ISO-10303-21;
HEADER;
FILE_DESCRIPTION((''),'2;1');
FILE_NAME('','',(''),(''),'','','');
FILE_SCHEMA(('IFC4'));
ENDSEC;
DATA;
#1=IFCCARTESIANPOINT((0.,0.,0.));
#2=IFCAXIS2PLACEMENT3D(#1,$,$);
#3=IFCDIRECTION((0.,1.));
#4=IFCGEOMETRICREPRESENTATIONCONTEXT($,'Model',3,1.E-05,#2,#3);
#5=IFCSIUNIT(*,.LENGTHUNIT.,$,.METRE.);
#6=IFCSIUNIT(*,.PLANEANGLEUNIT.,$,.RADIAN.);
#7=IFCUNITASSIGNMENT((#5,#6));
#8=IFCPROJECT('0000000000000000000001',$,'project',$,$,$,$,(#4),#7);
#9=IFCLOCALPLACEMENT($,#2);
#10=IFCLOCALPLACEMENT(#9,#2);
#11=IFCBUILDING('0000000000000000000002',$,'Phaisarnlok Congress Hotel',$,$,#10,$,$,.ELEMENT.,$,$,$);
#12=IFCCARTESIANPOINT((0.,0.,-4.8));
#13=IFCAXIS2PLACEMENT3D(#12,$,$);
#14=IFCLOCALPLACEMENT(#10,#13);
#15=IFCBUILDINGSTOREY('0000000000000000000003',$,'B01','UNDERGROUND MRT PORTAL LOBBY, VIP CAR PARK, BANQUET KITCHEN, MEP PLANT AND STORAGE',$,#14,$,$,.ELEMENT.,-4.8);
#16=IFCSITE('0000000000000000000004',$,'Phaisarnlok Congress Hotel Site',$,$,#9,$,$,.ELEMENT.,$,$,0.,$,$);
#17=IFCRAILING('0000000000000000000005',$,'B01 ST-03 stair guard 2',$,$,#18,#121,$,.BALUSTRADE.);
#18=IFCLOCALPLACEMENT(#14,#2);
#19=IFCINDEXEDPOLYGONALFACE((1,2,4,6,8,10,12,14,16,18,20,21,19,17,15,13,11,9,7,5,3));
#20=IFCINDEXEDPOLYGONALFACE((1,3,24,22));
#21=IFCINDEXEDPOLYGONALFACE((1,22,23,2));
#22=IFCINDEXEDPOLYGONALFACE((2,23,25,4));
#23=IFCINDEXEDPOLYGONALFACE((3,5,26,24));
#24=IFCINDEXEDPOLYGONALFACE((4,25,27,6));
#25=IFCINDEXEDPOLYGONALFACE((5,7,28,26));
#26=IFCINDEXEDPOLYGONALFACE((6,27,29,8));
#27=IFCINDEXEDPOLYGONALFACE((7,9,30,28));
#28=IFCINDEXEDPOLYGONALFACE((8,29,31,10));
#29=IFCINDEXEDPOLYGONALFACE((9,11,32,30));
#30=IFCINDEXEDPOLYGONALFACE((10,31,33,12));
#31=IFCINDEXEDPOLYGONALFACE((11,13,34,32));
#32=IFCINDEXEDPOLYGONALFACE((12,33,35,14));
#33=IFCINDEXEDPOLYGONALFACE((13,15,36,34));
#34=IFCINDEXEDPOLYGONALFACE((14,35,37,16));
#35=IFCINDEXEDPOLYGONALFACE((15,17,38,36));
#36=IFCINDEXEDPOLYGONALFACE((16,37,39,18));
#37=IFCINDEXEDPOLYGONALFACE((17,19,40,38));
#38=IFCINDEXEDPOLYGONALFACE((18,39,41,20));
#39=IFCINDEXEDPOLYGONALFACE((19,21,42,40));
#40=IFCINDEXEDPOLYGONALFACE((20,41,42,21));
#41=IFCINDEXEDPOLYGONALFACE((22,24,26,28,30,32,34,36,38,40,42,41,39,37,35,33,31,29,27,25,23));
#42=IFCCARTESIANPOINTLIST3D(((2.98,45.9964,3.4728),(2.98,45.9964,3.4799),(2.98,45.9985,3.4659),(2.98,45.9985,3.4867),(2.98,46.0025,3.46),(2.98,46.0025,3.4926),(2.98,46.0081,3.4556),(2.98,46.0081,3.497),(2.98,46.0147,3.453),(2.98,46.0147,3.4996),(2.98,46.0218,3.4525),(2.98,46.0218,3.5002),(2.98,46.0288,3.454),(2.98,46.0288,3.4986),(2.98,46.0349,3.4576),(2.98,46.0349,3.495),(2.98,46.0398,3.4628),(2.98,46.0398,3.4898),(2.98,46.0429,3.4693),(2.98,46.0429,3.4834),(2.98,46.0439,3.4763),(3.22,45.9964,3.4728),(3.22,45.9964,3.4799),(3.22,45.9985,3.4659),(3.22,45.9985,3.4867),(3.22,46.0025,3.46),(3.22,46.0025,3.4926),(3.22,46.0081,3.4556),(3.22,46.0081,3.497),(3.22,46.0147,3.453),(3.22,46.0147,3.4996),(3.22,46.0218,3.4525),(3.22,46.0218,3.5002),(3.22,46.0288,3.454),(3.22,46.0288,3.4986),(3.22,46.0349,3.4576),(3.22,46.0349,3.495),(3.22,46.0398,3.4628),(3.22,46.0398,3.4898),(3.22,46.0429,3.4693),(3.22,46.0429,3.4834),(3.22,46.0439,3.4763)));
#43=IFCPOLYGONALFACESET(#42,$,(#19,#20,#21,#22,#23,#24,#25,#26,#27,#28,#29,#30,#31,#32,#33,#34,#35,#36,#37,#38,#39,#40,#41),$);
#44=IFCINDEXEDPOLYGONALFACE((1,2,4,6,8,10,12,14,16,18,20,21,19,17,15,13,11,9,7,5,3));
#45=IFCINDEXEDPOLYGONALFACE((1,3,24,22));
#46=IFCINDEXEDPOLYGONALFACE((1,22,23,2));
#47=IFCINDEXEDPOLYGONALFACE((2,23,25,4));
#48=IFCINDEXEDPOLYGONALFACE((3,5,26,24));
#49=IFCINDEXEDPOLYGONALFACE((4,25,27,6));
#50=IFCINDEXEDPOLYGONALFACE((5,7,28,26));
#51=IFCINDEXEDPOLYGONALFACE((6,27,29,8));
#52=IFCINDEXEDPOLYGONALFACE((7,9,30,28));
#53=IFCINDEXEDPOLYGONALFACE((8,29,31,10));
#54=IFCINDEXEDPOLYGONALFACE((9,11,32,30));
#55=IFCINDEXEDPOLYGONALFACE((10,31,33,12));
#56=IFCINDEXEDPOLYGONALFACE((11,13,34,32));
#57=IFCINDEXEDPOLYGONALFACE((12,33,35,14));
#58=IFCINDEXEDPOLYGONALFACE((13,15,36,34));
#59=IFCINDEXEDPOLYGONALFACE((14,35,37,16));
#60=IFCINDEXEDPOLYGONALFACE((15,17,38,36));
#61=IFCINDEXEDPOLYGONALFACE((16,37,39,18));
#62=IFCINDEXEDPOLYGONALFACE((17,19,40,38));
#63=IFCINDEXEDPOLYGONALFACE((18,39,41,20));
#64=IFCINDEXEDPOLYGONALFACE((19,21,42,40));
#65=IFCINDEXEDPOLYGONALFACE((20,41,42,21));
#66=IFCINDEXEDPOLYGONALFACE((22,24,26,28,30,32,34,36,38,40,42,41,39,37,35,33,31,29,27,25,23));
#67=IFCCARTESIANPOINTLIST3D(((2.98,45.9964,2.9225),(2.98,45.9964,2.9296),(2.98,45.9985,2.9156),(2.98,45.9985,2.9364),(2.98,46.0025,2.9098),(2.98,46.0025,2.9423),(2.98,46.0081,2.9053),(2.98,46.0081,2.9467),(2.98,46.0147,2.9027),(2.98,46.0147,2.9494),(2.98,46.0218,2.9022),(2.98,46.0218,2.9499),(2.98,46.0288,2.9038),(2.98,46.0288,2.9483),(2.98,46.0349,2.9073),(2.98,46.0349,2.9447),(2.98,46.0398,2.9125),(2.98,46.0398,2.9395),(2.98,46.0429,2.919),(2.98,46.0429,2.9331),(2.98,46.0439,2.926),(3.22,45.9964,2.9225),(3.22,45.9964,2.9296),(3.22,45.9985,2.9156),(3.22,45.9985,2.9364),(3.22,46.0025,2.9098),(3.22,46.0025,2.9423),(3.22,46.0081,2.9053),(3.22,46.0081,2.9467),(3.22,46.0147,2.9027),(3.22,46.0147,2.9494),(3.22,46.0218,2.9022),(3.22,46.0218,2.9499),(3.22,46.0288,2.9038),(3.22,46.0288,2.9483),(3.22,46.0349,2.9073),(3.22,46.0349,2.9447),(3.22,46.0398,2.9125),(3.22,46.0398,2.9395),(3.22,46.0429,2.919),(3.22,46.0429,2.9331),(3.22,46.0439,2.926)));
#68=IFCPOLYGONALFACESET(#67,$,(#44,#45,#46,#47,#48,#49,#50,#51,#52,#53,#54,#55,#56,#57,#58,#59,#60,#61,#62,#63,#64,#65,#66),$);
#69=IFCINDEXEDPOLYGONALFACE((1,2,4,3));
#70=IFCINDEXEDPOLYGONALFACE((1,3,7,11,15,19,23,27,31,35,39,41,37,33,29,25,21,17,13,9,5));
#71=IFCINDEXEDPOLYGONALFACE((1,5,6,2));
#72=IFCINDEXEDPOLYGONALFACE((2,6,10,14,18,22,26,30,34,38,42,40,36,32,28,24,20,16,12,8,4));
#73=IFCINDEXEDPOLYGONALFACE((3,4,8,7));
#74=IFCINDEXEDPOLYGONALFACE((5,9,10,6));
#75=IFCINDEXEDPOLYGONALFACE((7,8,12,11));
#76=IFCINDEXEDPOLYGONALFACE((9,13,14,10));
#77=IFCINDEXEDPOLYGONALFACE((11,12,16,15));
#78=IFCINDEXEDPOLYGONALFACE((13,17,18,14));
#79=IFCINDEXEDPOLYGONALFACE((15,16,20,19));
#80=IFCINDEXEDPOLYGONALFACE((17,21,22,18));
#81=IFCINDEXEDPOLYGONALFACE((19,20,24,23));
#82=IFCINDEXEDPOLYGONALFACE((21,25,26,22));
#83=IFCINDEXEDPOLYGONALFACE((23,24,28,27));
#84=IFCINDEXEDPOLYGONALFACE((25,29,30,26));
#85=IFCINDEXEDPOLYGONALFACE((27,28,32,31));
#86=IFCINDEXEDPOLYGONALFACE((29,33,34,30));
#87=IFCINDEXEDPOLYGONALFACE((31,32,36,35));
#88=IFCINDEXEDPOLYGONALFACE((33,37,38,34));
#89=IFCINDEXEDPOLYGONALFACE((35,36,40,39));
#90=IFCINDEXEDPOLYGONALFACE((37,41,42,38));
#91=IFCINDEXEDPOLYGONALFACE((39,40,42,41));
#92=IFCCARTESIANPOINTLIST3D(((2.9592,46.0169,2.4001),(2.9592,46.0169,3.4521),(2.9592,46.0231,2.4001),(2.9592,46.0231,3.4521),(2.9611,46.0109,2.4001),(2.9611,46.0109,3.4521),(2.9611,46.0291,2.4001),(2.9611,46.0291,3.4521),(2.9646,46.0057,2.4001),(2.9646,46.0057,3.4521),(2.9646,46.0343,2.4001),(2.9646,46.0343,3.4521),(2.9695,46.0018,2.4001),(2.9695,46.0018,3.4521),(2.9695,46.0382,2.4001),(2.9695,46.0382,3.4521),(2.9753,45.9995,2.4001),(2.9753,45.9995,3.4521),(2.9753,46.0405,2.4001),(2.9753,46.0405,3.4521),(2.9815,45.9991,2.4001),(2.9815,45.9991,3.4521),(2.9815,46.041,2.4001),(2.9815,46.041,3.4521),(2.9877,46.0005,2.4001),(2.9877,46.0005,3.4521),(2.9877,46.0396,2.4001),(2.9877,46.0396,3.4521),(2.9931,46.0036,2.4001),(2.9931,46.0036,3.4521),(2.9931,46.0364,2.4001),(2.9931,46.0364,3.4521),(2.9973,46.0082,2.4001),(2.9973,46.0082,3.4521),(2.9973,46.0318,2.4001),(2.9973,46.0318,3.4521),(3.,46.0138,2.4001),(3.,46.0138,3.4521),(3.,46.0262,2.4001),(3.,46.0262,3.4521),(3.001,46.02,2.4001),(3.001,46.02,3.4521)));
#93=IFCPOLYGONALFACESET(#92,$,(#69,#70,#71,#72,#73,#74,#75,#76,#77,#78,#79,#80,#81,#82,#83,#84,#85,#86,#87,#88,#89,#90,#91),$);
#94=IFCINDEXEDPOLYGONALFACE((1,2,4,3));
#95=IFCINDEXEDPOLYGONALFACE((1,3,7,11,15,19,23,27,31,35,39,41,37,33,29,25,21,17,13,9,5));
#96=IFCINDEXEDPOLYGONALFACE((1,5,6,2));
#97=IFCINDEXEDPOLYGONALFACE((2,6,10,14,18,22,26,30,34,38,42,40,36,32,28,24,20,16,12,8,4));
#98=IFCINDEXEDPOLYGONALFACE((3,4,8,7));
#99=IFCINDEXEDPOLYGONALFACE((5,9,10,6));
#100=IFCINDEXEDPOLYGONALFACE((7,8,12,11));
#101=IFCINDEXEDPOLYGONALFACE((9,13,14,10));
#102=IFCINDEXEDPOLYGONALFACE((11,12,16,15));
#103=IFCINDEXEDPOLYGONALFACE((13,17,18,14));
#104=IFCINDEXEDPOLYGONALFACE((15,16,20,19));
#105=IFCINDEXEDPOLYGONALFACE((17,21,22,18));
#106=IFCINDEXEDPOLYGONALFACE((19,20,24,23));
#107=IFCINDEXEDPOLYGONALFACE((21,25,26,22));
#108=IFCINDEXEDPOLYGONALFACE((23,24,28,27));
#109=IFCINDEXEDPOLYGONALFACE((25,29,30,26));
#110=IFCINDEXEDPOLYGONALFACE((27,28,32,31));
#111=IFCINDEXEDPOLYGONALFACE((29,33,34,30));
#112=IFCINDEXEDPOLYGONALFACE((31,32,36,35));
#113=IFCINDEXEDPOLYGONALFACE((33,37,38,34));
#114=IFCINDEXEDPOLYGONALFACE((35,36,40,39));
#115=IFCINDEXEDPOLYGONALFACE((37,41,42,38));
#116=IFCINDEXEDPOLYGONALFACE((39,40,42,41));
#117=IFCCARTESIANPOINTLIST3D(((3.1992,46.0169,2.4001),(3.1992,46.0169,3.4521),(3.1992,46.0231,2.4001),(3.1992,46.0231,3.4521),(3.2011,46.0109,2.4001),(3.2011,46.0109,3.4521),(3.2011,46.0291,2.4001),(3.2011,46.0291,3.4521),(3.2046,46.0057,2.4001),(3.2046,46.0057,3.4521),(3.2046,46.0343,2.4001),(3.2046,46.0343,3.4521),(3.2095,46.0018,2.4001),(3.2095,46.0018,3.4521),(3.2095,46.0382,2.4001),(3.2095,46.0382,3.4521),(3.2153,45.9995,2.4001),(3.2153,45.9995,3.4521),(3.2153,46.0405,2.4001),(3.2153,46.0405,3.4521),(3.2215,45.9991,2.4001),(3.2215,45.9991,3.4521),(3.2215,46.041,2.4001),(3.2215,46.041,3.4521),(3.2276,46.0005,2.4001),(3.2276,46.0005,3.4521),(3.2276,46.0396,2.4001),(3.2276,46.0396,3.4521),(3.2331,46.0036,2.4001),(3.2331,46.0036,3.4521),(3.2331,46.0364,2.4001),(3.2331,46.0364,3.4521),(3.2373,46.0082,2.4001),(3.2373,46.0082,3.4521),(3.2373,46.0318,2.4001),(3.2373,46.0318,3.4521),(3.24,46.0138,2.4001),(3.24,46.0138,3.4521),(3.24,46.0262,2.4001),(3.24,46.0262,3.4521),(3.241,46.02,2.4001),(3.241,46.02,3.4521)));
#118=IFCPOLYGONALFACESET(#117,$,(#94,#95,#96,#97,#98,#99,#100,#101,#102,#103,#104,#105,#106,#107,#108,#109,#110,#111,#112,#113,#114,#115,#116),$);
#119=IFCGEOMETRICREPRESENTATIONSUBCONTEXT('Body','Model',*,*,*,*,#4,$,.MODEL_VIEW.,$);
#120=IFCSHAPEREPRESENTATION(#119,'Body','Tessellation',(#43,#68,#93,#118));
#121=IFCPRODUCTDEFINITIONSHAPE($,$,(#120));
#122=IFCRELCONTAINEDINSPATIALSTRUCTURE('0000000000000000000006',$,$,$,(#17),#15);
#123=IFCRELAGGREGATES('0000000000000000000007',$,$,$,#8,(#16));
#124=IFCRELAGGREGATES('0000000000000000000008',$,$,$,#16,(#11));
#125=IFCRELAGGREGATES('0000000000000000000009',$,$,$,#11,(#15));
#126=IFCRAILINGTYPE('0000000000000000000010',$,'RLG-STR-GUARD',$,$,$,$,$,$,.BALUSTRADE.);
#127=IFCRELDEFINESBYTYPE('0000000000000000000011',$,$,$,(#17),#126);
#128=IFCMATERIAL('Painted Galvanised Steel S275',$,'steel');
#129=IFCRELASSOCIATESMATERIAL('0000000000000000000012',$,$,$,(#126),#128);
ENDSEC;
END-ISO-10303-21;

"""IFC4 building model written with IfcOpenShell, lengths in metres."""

from ifc_helpers import new_model, si_unit, direction, frame, origin, origin_2d, place, context, subcontext, project, spatial, circle, extrude, material, type_object, element, save


model = new_model("IFC4")

# Units and contexts
model_context = context("Model", 3, precision=1e-05, world=origin(), true_north=direction((0.0, 1.0)))
body_context = subcontext(model_context, "Body", "Model", "MODEL_VIEW")
ifc_project = project(units=[si_unit("LENGTHUNIT", "METRE"), si_unit("PLANEANGLEUNIT", "RADIAN")], contexts=[model_context])

# Site, building, storey
site_placement = place(None, origin())
site = spatial("IfcSite", under=ifc_project, at=site_placement, Name="Phaisarnlok Congress Hotel Site", CompositionType="ELEMENT", RefElevation=0.0)
building_placement = place(site_placement, origin())
building = spatial("IfcBuilding", under=site, at=building_placement, Name="Phaisarnlok Congress Hotel", CompositionType="ELEMENT")
storey_placement = place(building_placement, frame((0.0, 0.0, -4.8)))
storey = spatial("IfcBuildingStorey", under=building, at=storey_placement, Name="B01", Description="UNDERGROUND MRT PORTAL LOBBY, VIP CAR PARK, BANQUET KITCHEN, MEP PLANT AND STORAGE", CompositionType="ELEMENT", Elevation=-4.8)

# Railing
ifc_material_1 = material(Name="Painted Galvanised Steel S275", Category="steel")
railing_type_1 = type_object("IfcRailingType", Name="RLG-STR-GUARD", PredefinedType="BALUSTRADE", material=ifc_material_1)
railing_1_placement = place(storey_placement, frame((2.98, 46.02, 2.4001)))
element("IfcRailing", 1, at=railing_1_placement, inside=storey, type_object=railing_type_1, Name="B01 ST-03 stair guard 2", PredefinedType="BALUSTRADE", context=body_context, shape_type="SweptSolid", body=[
    extrude(circle(Radius=0.0239, at=origin_2d()), frame((0.0, 0.0, 1.0762), z_axis=(1.0, 0.0, 0.0), x_axis=(0.0, 1.0, 0.0)), (0.0, 0.0, 1.0), 0.24),
    extrude(circle(Radius=0.0239, at=origin_2d()), frame((0.0, 0.0, 0.5259), z_axis=(1.0, 0.0, 0.0), x_axis=(0.0, 1.0, 0.0)), (0.0, 0.0, 1.0), 0.24),
    extrude(circle(Radius=0.021, at=origin_2d()), origin(), (0.0, 0.0, 1.0), 1.052),
    extrude(circle(Radius=0.021, at=origin_2d()), frame((0.24, 0.0, 0.0)), (0.0, 0.0, 1.0), 1.052),
])

save(model, "model.ifc")
